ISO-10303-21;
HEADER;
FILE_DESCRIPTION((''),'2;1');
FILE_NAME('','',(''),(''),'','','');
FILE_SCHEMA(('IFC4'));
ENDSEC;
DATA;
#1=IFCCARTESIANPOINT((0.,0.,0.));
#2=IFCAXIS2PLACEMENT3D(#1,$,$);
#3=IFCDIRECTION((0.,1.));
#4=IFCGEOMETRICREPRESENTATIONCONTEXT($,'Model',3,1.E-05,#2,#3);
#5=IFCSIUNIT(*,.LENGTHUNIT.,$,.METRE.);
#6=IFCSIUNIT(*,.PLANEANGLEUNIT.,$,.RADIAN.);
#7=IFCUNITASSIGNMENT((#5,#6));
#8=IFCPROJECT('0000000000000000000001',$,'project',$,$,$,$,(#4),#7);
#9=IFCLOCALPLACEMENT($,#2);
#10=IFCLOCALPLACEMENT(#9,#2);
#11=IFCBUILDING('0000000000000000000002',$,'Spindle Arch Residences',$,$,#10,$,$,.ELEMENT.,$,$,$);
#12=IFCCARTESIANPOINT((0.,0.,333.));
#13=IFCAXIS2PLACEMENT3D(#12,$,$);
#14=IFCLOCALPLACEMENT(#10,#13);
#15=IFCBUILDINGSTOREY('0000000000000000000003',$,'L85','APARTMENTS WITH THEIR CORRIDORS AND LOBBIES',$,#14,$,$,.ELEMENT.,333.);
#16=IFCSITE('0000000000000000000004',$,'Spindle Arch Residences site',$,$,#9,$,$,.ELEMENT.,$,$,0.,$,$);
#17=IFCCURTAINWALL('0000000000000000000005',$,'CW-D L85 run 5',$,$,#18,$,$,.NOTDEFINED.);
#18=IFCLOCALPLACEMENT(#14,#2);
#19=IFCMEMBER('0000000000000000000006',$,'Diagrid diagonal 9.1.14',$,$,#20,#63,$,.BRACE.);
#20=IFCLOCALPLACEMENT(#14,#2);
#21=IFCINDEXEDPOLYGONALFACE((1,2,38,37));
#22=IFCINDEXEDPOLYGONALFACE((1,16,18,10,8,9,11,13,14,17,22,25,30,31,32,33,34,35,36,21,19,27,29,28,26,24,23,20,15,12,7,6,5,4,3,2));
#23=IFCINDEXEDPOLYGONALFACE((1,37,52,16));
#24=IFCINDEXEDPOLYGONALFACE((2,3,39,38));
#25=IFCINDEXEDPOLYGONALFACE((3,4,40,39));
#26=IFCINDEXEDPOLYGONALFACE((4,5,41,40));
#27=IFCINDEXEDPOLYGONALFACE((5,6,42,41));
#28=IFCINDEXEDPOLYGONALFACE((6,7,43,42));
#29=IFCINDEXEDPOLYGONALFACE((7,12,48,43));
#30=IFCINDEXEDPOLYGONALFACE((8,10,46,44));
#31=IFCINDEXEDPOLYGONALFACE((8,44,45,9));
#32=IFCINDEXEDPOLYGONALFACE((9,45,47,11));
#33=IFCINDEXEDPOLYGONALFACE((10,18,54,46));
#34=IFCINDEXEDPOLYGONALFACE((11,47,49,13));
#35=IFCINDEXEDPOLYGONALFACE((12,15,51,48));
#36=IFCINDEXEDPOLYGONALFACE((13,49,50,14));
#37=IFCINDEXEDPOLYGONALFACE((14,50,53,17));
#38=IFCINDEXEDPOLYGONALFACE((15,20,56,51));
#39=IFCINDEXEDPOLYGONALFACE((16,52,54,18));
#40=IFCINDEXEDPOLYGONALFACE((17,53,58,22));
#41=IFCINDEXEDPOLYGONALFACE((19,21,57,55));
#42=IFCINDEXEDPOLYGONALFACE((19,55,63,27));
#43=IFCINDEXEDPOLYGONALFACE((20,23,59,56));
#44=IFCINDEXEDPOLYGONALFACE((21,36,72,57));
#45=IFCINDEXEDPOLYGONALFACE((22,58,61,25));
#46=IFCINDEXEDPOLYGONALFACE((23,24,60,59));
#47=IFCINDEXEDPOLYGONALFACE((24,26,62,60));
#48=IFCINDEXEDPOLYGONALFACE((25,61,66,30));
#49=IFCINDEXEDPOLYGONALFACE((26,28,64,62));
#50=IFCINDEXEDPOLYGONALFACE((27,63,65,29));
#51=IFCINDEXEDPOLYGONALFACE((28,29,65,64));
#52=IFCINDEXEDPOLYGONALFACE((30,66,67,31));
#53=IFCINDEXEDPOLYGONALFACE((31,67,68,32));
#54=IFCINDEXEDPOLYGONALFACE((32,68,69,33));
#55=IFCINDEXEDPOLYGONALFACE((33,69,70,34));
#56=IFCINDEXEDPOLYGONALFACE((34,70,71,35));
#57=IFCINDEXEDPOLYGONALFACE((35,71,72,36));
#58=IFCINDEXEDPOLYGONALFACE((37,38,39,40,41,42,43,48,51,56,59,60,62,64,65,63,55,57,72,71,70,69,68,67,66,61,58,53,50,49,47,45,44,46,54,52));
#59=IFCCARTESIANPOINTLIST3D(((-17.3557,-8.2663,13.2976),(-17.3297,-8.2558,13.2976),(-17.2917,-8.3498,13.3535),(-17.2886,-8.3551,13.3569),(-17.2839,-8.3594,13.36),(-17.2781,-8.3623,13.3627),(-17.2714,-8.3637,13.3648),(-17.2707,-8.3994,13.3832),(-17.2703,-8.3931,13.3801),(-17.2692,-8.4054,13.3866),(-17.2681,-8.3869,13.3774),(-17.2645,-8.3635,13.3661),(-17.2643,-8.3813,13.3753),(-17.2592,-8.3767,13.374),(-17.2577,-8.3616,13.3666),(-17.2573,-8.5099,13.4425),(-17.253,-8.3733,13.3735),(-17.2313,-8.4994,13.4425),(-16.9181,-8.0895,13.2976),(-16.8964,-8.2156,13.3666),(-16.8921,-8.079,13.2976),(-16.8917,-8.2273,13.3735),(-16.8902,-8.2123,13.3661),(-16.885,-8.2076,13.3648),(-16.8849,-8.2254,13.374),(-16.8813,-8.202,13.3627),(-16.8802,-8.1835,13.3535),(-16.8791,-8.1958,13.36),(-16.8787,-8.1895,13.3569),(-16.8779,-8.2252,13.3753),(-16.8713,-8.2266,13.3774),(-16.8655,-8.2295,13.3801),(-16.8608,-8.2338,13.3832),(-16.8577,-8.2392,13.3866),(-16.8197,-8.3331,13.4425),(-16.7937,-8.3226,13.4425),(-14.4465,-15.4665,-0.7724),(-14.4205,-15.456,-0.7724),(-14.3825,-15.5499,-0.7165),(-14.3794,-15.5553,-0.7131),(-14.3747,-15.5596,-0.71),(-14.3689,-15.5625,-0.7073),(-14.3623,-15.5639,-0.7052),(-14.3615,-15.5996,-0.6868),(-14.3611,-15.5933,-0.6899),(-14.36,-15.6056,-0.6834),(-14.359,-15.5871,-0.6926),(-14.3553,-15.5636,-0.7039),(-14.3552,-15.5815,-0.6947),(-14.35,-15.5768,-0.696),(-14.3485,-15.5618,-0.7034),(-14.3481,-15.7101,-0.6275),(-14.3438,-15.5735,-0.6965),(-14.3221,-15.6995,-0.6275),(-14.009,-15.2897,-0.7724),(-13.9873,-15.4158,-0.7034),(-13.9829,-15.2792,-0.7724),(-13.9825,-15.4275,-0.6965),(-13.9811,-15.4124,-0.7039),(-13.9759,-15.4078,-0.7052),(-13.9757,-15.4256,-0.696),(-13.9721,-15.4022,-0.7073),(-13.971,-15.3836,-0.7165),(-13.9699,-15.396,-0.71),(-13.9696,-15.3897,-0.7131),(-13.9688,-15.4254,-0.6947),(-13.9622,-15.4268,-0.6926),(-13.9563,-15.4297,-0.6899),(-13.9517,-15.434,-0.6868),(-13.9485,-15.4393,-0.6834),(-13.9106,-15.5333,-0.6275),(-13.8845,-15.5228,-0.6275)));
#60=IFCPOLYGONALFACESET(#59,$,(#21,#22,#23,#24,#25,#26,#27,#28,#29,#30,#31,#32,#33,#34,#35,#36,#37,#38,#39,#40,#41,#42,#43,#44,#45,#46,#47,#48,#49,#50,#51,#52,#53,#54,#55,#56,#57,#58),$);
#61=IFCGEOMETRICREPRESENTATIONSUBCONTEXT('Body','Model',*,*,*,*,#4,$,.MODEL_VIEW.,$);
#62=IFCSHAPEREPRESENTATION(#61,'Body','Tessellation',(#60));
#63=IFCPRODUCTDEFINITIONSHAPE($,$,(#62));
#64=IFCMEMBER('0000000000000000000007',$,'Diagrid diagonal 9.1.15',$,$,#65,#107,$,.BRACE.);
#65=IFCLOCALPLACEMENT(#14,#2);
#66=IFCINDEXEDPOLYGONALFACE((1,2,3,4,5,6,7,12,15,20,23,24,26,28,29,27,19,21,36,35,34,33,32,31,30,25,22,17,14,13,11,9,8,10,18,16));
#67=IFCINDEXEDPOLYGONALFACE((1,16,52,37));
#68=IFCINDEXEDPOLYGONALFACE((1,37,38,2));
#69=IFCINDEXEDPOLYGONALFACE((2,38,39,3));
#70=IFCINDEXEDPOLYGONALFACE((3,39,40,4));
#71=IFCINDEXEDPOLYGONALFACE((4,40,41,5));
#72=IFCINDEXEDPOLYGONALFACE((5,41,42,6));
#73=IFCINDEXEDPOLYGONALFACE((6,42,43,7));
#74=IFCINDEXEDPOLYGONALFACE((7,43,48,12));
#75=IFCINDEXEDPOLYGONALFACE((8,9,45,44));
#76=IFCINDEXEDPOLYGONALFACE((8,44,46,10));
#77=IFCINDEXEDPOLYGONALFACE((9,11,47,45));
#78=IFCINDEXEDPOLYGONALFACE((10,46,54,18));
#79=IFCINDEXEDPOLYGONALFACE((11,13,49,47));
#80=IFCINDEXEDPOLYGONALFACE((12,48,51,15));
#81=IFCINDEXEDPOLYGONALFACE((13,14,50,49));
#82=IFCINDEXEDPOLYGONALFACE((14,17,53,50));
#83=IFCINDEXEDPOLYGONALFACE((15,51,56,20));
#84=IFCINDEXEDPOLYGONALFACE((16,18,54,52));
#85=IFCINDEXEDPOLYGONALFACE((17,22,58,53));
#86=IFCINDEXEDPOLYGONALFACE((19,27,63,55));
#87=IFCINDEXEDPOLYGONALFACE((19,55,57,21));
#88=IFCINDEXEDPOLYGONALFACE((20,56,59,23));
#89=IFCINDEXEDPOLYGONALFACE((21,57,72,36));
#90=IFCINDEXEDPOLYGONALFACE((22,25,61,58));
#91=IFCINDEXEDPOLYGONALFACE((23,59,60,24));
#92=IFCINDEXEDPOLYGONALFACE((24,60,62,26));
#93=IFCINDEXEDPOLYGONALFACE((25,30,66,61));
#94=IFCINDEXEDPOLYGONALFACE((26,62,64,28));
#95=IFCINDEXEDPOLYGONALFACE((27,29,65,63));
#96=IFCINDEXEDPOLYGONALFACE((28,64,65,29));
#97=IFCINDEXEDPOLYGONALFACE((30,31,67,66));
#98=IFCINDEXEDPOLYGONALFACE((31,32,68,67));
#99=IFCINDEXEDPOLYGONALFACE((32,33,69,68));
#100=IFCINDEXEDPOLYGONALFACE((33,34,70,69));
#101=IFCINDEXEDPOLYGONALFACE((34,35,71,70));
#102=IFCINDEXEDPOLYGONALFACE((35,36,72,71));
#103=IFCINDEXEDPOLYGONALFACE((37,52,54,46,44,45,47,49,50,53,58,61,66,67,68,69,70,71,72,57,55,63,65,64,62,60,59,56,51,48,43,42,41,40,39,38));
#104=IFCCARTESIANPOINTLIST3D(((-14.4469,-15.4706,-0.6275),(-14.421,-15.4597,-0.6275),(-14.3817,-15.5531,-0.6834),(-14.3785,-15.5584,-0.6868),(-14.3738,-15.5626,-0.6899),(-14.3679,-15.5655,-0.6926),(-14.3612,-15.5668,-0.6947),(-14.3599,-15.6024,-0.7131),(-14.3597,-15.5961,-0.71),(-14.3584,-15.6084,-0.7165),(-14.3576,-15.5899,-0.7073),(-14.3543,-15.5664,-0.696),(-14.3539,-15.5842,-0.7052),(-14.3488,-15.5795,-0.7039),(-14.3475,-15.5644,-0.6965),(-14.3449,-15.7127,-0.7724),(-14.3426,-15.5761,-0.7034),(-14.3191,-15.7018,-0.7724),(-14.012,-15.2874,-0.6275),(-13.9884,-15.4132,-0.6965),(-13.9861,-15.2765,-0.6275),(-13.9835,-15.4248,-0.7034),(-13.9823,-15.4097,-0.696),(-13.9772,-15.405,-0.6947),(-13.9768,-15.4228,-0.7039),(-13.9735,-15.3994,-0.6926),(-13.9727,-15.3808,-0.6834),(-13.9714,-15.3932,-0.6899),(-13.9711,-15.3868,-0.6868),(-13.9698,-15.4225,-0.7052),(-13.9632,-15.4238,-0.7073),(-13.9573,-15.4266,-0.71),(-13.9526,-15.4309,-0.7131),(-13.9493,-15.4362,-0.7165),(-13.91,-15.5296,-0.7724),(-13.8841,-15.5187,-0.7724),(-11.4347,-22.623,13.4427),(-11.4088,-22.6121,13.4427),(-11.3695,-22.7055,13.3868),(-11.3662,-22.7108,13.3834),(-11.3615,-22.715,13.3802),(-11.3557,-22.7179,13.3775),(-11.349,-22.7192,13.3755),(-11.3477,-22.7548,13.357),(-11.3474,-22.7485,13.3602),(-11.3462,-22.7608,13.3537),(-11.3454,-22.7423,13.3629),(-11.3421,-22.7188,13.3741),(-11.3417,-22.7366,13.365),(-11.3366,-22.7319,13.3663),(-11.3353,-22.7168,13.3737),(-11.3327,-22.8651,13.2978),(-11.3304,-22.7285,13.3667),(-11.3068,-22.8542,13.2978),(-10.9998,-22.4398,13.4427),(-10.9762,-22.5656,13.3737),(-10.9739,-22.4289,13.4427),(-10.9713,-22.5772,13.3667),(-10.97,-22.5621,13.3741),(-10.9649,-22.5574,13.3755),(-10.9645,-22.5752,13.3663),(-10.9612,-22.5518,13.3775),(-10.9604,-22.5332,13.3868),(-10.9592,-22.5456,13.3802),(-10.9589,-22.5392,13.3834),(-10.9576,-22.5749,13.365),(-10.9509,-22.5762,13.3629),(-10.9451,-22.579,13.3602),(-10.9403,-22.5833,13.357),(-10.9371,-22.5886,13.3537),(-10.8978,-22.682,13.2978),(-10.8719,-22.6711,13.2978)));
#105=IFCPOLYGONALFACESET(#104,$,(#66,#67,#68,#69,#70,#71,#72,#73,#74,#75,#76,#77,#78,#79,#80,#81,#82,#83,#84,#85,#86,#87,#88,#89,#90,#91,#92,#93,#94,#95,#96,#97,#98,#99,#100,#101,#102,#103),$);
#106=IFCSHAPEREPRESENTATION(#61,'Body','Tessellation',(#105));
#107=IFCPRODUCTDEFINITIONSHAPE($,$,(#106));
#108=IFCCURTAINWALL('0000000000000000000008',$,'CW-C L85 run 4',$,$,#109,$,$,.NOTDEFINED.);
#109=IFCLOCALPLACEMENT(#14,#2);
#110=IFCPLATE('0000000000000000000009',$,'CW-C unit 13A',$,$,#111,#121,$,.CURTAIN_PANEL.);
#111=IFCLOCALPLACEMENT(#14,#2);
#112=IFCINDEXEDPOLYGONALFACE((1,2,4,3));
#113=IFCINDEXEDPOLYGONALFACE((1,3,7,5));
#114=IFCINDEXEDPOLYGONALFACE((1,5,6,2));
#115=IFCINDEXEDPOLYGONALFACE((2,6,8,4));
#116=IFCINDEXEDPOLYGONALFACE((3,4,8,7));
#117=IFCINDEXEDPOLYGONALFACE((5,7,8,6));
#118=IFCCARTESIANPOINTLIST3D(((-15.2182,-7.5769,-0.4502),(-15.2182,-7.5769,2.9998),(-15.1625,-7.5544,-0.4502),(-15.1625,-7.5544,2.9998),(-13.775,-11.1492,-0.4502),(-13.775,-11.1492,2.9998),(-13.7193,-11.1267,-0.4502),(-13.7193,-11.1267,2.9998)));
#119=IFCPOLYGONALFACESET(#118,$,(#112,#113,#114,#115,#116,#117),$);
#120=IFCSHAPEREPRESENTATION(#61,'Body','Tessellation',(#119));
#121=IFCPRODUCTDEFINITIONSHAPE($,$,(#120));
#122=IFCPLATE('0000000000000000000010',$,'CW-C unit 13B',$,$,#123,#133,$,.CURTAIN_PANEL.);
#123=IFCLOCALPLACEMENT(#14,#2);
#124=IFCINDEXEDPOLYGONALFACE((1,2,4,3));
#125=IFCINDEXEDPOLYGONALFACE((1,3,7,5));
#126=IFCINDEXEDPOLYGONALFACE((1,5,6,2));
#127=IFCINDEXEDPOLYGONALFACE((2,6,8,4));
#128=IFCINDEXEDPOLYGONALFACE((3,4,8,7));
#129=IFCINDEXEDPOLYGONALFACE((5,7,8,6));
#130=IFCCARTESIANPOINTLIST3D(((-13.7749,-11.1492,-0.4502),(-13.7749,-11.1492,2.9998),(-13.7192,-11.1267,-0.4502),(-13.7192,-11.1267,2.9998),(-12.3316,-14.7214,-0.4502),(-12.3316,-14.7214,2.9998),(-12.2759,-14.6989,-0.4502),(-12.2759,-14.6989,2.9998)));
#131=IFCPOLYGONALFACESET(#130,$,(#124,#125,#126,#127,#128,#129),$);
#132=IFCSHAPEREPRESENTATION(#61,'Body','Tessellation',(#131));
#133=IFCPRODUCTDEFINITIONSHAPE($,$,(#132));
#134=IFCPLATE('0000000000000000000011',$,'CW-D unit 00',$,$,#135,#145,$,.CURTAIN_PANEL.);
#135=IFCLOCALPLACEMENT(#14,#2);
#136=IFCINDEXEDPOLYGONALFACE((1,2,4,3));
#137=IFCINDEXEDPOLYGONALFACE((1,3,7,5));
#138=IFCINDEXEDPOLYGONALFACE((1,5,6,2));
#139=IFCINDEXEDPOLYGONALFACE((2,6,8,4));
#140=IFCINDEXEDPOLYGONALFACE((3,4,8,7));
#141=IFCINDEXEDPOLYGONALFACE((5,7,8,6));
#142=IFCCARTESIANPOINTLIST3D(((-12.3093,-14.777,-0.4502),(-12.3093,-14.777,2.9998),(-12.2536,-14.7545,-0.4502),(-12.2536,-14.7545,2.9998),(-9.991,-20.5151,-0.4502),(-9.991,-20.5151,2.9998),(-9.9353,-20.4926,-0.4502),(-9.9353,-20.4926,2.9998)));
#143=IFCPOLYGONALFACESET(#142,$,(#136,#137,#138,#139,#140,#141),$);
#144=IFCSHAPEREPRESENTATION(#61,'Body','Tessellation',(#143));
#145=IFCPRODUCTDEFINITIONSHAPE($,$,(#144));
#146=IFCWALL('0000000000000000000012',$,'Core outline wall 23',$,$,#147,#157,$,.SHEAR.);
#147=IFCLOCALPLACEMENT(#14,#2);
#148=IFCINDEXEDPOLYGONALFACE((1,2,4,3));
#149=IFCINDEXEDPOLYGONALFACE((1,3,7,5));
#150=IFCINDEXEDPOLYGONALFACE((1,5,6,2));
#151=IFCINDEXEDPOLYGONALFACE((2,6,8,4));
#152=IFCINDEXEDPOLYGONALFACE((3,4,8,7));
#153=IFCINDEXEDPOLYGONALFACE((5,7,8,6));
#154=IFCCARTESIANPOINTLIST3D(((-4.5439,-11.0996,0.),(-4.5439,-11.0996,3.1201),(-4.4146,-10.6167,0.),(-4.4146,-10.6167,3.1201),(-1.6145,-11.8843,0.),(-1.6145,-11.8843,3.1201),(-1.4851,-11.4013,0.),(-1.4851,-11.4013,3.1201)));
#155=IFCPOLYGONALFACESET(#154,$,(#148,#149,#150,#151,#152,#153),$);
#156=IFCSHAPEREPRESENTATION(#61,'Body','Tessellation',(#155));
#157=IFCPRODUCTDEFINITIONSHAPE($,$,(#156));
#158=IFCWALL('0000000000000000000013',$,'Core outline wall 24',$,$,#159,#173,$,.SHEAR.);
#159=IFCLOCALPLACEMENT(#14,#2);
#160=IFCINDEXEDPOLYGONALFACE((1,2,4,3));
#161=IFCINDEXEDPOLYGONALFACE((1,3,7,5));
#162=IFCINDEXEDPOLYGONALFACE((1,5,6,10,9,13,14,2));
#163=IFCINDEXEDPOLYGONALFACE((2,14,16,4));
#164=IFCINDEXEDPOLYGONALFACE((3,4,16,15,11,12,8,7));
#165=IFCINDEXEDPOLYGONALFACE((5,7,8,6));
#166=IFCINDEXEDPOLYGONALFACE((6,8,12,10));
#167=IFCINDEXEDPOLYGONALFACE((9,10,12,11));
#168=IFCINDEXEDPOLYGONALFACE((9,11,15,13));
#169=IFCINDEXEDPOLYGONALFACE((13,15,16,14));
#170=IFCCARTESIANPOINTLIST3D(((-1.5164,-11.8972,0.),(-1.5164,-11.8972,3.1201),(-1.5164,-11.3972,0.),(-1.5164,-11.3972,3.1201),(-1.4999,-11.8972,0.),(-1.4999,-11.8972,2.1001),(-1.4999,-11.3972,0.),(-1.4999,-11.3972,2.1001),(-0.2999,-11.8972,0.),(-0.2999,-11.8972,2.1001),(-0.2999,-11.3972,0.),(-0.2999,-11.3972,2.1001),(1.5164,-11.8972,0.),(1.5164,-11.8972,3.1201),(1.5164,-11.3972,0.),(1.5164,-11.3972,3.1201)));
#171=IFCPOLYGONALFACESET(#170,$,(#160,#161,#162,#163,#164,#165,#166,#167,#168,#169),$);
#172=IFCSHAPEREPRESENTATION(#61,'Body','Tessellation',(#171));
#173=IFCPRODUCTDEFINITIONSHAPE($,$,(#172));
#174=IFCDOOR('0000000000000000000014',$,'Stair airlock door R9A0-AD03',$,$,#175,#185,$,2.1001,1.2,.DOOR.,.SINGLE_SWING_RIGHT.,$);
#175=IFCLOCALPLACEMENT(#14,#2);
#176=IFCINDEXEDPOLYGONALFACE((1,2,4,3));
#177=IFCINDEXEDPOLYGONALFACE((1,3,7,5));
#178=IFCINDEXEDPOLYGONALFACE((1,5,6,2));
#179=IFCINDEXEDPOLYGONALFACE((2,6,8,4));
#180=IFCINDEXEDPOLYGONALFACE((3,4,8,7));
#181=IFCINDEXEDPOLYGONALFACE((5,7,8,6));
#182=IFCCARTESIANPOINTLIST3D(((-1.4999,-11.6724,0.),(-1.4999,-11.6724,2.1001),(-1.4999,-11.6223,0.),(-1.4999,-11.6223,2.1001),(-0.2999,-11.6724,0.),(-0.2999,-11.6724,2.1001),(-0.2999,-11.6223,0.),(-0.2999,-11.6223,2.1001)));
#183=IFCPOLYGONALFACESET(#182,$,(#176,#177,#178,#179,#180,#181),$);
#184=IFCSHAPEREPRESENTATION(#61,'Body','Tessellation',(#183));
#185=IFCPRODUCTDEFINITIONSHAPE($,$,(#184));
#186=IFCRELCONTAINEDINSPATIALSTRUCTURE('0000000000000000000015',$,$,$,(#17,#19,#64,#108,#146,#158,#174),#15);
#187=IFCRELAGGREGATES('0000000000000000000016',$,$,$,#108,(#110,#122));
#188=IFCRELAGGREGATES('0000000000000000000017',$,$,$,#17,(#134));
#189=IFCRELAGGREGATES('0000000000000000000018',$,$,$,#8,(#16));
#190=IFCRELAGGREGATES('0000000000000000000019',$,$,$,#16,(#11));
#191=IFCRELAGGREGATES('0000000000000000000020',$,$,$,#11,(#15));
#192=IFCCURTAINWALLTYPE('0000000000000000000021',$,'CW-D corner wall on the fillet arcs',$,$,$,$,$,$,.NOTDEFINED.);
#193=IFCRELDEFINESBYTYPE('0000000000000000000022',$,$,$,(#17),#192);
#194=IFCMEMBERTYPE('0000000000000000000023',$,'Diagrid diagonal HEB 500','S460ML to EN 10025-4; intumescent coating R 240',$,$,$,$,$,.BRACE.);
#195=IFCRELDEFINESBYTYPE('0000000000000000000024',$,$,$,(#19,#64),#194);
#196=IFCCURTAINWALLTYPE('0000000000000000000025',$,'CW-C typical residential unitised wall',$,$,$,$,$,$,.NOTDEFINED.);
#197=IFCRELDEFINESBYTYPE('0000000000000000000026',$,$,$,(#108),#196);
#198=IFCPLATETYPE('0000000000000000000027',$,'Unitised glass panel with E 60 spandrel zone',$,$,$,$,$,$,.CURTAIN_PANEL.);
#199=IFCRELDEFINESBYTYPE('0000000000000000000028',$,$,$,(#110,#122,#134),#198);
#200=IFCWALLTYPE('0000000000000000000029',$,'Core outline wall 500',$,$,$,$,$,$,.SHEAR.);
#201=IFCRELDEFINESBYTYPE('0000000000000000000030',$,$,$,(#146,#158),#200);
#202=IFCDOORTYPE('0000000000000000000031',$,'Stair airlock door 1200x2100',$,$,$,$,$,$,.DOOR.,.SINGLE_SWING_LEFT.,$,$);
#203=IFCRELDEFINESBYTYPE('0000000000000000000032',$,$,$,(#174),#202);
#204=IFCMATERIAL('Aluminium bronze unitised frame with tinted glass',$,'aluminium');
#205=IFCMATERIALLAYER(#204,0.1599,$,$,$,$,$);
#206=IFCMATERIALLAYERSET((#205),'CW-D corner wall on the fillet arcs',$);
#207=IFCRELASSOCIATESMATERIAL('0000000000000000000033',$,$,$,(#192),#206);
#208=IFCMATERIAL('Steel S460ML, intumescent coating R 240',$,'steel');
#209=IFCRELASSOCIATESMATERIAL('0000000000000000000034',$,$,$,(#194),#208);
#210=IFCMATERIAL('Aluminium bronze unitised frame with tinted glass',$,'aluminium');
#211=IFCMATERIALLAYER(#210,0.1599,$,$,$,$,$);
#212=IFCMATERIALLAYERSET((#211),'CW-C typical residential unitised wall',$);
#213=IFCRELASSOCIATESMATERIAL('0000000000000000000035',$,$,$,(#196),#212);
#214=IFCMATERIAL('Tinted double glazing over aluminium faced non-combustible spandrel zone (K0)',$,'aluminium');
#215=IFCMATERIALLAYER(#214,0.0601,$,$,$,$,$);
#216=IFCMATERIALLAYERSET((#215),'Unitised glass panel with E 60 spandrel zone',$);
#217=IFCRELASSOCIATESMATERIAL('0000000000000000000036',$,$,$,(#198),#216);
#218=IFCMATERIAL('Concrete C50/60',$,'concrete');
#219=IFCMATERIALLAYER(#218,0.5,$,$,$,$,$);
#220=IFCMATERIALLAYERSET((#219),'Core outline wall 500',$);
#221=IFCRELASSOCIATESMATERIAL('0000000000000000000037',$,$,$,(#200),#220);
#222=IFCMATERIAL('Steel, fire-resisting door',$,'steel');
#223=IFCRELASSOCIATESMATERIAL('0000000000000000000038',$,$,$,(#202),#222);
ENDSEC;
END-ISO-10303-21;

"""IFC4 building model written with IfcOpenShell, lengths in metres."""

from ifc_helpers import new_model, si_unit, direction, frame, frame_2d, origin, origin_2d, place, context, subcontext, project, spatial, rectangle, i_section, extrude, material, layer, layer_set, material_profile, profile_set, type_object, element, fill, aggregate, save


model = new_model("IFC4")

# Units and contexts
model_context = context("Model", 3, precision=1e-05, world=origin(), true_north=direction((0.0, 1.0)))
body_context = subcontext(model_context, "Body", "Model", "MODEL_VIEW")
ifc_project = project(units=[si_unit("LENGTHUNIT", "METRE"), si_unit("PLANEANGLEUNIT", "RADIAN")], contexts=[model_context])

# Site, building, storey
site_placement = place(None, origin())
site = spatial("IfcSite", under=ifc_project, at=site_placement, Name="Spindle Arch Residences site", CompositionType="ELEMENT", RefElevation=0.0)
building_placement = place(site_placement, origin())
building = spatial("IfcBuilding", under=site, at=building_placement, Name="Spindle Arch Residences", CompositionType="ELEMENT")
storey_placement = place(building_placement, frame((0.0, 0.0, 333.0)))
storey = spatial("IfcBuildingStorey", under=building, at=storey_placement, Name="L85", Description="APARTMENTS WITH THEIR CORRIDORS AND LOBBIES", CompositionType="ELEMENT", Elevation=333.0)

# Curtain wall
ifc_material_1 = material(Name="Aluminium bronze unitised frame with tinted glass", Category="aluminium")
ifc_layer_1 = layer(ifc_material_1, 0.1599)
ifc_layer_set_1 = layer_set([ifc_layer_1], Name="CW-D corner wall on the fillet arcs")
curtain_wall_type_1 = type_object("IfcCurtainWallType", Name="CW-D corner wall on the fillet arcs", PredefinedType="NOTDEFINED", material=ifc_layer_set_1)
curtain_wall_1_placement = place(storey_placement, origin())
curtain_wall_1 = element("IfcCurtainWall", 1, at=curtain_wall_1_placement, inside=storey, type_object=curtain_wall_type_1, Name="CW-D L85 run 5", PredefinedType="NOTDEFINED")

# Members
ifc_material_2 = material(Name="Steel S460ML, intumescent coating R 240", Category="steel")
ifc_material_profile_1 = material_profile(ifc_material_2, i_section(OverallWidth=0.3, OverallDepth=0.5, WebThickness=0.0144, FlangeThickness=0.0281, FilletRadius=0.0271, at=origin_2d()), Name="HEB 500")
ifc_profile_set_1 = profile_set([ifc_material_profile_1], Name="Steel S460ML, intumescent coating R 240")
member_type_1 = type_object("IfcMemberType", Name="Diagrid diagonal HEB 500", Description="S460ML to EN 10025-4; intumescent coating R 240", PredefinedType="BRACE", material=ifc_profile_set_1)
member_1_placement = place(storey_placement, frame((-14.1655, -15.4946, -0.7), z_axis=(-0.181022, 0.448028, 0.875501), x_axis=(0.327979, -0.811746, 0.483216)))
element("IfcMember", 2, at=member_1_placement, inside=storey, type_object=member_type_1, Name="Diagrid diagonal 9.1.14", PredefinedType="BRACE", context=body_context, shape_type="SweptSolid", body=[
    extrude(i_section(OverallWidth=0.3, OverallDepth=0.5, WebThickness=0.0144, FlangeThickness=0.0281, FilletRadius=0.0271, at=origin_2d()), origin(), (0.0, 0.0, 1.0), 16.0708),
])
member_2_placement = place(storey_placement, frame((-14.1655, -15.4946, -0.7), z_axis=(0.187461, -0.445116, 0.875631), x_axis=(-0.339861, 0.806985, 0.48298)))
element("IfcMember", 3, at=member_2_placement, inside=storey, type_object=member_type_1, Name="Diagrid diagonal 9.1.15", PredefinedType="BRACE", context=body_context, shape_type="SweptSolid", body=[
    extrude(i_section(OverallWidth=0.3, OverallDepth=0.5, WebThickness=0.0144, FlangeThickness=0.0281, FilletRadius=0.0271, at=origin_2d()), origin(), (0.0, 0.0, 1.0), 16.0686),
])

# Curtain wall, plates
ifc_material_3 = material(Name="Aluminium bronze unitised frame with tinted glass", Category="aluminium")
ifc_layer_2 = layer(ifc_material_3, 0.1599)
ifc_layer_set_2 = layer_set([ifc_layer_2], Name="CW-C typical residential unitised wall")
curtain_wall_type_2 = type_object("IfcCurtainWallType", Name="CW-C typical residential unitised wall", PredefinedType="NOTDEFINED", material=ifc_layer_set_2)
curtain_wall_2_placement = place(storey_placement, origin())
curtain_wall_2 = element("IfcCurtainWall", 4, at=curtain_wall_2_placement, inside=storey, type_object=curtain_wall_type_2, Name="CW-C L85 run 4", PredefinedType="NOTDEFINED")
ifc_material_4 = material(Name="Tinted double glazing over aluminium faced non-combustible spandrel zone (K0)", Category="aluminium")
ifc_layer_3 = layer(ifc_material_4, 0.0601)
ifc_layer_set_3 = layer_set([ifc_layer_3], Name="Unitised glass panel with E 60 spandrel zone")
plate_type = type_object("IfcPlateType", Name="Unitised glass panel with E 60 spandrel zone", PredefinedType="CURTAIN_PANEL", material=ifc_layer_set_3)
plate_1_placement = place(storey_placement, frame((-14.4688, -9.3518, -0.4502), z_axis=(0.0, 0.0, 1.0), x_axis=(0.374607, -0.927184, 0.0)))
plate_1 = element("IfcPlate", 5, at=plate_1_placement, type_object=plate_type, Name="CW-C unit 13A", PredefinedType="CURTAIN_PANEL", context=body_context, shape_type="SweptSolid", body=[
    extrude(rectangle(XDim=3.8528, YDim=0.0601, at=origin_2d()), origin(), (0.0, 0.0, 1.0), 3.45),
])
plate_2_placement = place(storey_placement, frame((-13.0254, -12.9241, -0.4502), z_axis=(0.0, 0.0, 1.0), x_axis=(0.374607, -0.927184, 0.0)))
plate_2 = element("IfcPlate", 6, at=plate_2_placement, type_object=plate_type, Name="CW-C unit 13B", PredefinedType="CURTAIN_PANEL", context=body_context, shape_type="SweptSolid", body=[
    extrude(rectangle(XDim=3.8528, YDim=0.0601, at=origin_2d()), origin(), (0.0, 0.0, 1.0), 3.45),
])
aggregate(curtain_wall_2, [plate_1, plate_2])

# Plate
plate_3_placement = place(storey_placement, frame((-11.1223, -17.6348, -0.4502), z_axis=(0.0, 0.0, 1.0), x_axis=(0.374607, -0.927184, 0.0)))
plate_3 = element("IfcPlate", 7, at=plate_3_placement, type_object=plate_type, Name="CW-D unit 00", PredefinedType="CURTAIN_PANEL", context=body_context, shape_type="SweptSolid", body=[
    extrude(rectangle(XDim=6.1887, YDim=0.0601, at=origin_2d()), origin(), (0.0, 0.0, 1.0), 3.45),
])
aggregate(curtain_wall_1, [plate_3])

# Wall
ifc_material_5 = material(Name="Concrete C50/60", Category="concrete")
ifc_layer_4 = layer(ifc_material_5, 0.5)
ifc_layer_set_4 = layer_set([ifc_layer_4], Name="Core outline wall 500")
wall_type_1 = type_object("IfcWallType", Name="Core outline wall 500", PredefinedType="SHEAR", material=ifc_layer_set_4)
wall_1_placement = place(storey_placement, frame((-4.4792, -10.8582, 0.0), z_axis=(0.0, 0.0, 1.0), x_axis=(0.965948, -0.258735, 0.0)))
element("IfcWall", 8, at=wall_1_placement, inside=storey, type_object=wall_type_1, Name="Core outline wall 23", PredefinedType="SHEAR", context=body_context, shape_type="SweptSolid", body=[
    extrude(rectangle(XDim=3.0327, YDim=0.5, at=frame_2d((1.5164, 0.0))), origin(), (0.0, 0.0, 1.0), 3.1201),
])

# Wall, opening, door
wall_2_placement = place(storey_placement, frame((-1.5164, -11.6472, 0.0), z_axis=(0.0, 0.0, 1.0), x_axis=(1.0, 0.0, 0.0)))
wall_2 = element("IfcWall", 9, at=wall_2_placement, inside=storey, type_object=wall_type_1, Name="Core outline wall 24", PredefinedType="SHEAR", context=body_context, shape_type="SweptSolid", body=[
    extrude(rectangle(XDim=3.0327, YDim=0.5, at=frame_2d((1.5164, 0.0))), origin(), (0.0, 0.0, 1.0), 3.1201),
])
opening_1_placement = place(wall_2_placement, frame((0.0164, 0.0, 0.0)))
opening_1 = element("IfcOpeningElement", 10, at=opening_1_placement, cuts=wall_2, PredefinedType="OPENING", context=body_context, shape_type="SweptSolid", body=[
    extrude(rectangle(XDim=1.2, YDim=2.1001, at=frame_2d((0.6001, 1.05))), frame((0.0, 0.26, 0.0), z_axis=(0.0, -1.0, 0.0), x_axis=(1.0, 0.0, 0.0)), (0.0, 0.0, 1.0), 0.52),
])
ifc_material_6 = material(Name="Steel, fire-resisting door", Category="steel")
door_type_1 = type_object("IfcDoorType", Name="Stair airlock door 1200x2100", OperationType="SINGLE_SWING_LEFT", PredefinedType="DOOR", material=ifc_material_6)
door_1_placement = place(opening_1_placement, origin())
door_1 = element("IfcDoor", 11, at=door_1_placement, inside=storey, type_object=door_type_1, Name="Stair airlock door R9A0-AD03", OperationType="SINGLE_SWING_RIGHT", OverallHeight=2.1001, OverallWidth=1.2, PredefinedType="DOOR", context=body_context, shape_type="SweptSolid", body=[
    extrude(rectangle(XDim=1.2, YDim=2.1001, at=frame_2d((0.6001, 1.05))), frame((0.0, 0.0249, 0.0), z_axis=(0.0, -1.0, 0.0), x_axis=(1.0, 0.0, 0.0)), (0.0, 0.0, 1.0), 0.05),
])
fill(opening_1, door_1)

save(model, "model.ifc")
